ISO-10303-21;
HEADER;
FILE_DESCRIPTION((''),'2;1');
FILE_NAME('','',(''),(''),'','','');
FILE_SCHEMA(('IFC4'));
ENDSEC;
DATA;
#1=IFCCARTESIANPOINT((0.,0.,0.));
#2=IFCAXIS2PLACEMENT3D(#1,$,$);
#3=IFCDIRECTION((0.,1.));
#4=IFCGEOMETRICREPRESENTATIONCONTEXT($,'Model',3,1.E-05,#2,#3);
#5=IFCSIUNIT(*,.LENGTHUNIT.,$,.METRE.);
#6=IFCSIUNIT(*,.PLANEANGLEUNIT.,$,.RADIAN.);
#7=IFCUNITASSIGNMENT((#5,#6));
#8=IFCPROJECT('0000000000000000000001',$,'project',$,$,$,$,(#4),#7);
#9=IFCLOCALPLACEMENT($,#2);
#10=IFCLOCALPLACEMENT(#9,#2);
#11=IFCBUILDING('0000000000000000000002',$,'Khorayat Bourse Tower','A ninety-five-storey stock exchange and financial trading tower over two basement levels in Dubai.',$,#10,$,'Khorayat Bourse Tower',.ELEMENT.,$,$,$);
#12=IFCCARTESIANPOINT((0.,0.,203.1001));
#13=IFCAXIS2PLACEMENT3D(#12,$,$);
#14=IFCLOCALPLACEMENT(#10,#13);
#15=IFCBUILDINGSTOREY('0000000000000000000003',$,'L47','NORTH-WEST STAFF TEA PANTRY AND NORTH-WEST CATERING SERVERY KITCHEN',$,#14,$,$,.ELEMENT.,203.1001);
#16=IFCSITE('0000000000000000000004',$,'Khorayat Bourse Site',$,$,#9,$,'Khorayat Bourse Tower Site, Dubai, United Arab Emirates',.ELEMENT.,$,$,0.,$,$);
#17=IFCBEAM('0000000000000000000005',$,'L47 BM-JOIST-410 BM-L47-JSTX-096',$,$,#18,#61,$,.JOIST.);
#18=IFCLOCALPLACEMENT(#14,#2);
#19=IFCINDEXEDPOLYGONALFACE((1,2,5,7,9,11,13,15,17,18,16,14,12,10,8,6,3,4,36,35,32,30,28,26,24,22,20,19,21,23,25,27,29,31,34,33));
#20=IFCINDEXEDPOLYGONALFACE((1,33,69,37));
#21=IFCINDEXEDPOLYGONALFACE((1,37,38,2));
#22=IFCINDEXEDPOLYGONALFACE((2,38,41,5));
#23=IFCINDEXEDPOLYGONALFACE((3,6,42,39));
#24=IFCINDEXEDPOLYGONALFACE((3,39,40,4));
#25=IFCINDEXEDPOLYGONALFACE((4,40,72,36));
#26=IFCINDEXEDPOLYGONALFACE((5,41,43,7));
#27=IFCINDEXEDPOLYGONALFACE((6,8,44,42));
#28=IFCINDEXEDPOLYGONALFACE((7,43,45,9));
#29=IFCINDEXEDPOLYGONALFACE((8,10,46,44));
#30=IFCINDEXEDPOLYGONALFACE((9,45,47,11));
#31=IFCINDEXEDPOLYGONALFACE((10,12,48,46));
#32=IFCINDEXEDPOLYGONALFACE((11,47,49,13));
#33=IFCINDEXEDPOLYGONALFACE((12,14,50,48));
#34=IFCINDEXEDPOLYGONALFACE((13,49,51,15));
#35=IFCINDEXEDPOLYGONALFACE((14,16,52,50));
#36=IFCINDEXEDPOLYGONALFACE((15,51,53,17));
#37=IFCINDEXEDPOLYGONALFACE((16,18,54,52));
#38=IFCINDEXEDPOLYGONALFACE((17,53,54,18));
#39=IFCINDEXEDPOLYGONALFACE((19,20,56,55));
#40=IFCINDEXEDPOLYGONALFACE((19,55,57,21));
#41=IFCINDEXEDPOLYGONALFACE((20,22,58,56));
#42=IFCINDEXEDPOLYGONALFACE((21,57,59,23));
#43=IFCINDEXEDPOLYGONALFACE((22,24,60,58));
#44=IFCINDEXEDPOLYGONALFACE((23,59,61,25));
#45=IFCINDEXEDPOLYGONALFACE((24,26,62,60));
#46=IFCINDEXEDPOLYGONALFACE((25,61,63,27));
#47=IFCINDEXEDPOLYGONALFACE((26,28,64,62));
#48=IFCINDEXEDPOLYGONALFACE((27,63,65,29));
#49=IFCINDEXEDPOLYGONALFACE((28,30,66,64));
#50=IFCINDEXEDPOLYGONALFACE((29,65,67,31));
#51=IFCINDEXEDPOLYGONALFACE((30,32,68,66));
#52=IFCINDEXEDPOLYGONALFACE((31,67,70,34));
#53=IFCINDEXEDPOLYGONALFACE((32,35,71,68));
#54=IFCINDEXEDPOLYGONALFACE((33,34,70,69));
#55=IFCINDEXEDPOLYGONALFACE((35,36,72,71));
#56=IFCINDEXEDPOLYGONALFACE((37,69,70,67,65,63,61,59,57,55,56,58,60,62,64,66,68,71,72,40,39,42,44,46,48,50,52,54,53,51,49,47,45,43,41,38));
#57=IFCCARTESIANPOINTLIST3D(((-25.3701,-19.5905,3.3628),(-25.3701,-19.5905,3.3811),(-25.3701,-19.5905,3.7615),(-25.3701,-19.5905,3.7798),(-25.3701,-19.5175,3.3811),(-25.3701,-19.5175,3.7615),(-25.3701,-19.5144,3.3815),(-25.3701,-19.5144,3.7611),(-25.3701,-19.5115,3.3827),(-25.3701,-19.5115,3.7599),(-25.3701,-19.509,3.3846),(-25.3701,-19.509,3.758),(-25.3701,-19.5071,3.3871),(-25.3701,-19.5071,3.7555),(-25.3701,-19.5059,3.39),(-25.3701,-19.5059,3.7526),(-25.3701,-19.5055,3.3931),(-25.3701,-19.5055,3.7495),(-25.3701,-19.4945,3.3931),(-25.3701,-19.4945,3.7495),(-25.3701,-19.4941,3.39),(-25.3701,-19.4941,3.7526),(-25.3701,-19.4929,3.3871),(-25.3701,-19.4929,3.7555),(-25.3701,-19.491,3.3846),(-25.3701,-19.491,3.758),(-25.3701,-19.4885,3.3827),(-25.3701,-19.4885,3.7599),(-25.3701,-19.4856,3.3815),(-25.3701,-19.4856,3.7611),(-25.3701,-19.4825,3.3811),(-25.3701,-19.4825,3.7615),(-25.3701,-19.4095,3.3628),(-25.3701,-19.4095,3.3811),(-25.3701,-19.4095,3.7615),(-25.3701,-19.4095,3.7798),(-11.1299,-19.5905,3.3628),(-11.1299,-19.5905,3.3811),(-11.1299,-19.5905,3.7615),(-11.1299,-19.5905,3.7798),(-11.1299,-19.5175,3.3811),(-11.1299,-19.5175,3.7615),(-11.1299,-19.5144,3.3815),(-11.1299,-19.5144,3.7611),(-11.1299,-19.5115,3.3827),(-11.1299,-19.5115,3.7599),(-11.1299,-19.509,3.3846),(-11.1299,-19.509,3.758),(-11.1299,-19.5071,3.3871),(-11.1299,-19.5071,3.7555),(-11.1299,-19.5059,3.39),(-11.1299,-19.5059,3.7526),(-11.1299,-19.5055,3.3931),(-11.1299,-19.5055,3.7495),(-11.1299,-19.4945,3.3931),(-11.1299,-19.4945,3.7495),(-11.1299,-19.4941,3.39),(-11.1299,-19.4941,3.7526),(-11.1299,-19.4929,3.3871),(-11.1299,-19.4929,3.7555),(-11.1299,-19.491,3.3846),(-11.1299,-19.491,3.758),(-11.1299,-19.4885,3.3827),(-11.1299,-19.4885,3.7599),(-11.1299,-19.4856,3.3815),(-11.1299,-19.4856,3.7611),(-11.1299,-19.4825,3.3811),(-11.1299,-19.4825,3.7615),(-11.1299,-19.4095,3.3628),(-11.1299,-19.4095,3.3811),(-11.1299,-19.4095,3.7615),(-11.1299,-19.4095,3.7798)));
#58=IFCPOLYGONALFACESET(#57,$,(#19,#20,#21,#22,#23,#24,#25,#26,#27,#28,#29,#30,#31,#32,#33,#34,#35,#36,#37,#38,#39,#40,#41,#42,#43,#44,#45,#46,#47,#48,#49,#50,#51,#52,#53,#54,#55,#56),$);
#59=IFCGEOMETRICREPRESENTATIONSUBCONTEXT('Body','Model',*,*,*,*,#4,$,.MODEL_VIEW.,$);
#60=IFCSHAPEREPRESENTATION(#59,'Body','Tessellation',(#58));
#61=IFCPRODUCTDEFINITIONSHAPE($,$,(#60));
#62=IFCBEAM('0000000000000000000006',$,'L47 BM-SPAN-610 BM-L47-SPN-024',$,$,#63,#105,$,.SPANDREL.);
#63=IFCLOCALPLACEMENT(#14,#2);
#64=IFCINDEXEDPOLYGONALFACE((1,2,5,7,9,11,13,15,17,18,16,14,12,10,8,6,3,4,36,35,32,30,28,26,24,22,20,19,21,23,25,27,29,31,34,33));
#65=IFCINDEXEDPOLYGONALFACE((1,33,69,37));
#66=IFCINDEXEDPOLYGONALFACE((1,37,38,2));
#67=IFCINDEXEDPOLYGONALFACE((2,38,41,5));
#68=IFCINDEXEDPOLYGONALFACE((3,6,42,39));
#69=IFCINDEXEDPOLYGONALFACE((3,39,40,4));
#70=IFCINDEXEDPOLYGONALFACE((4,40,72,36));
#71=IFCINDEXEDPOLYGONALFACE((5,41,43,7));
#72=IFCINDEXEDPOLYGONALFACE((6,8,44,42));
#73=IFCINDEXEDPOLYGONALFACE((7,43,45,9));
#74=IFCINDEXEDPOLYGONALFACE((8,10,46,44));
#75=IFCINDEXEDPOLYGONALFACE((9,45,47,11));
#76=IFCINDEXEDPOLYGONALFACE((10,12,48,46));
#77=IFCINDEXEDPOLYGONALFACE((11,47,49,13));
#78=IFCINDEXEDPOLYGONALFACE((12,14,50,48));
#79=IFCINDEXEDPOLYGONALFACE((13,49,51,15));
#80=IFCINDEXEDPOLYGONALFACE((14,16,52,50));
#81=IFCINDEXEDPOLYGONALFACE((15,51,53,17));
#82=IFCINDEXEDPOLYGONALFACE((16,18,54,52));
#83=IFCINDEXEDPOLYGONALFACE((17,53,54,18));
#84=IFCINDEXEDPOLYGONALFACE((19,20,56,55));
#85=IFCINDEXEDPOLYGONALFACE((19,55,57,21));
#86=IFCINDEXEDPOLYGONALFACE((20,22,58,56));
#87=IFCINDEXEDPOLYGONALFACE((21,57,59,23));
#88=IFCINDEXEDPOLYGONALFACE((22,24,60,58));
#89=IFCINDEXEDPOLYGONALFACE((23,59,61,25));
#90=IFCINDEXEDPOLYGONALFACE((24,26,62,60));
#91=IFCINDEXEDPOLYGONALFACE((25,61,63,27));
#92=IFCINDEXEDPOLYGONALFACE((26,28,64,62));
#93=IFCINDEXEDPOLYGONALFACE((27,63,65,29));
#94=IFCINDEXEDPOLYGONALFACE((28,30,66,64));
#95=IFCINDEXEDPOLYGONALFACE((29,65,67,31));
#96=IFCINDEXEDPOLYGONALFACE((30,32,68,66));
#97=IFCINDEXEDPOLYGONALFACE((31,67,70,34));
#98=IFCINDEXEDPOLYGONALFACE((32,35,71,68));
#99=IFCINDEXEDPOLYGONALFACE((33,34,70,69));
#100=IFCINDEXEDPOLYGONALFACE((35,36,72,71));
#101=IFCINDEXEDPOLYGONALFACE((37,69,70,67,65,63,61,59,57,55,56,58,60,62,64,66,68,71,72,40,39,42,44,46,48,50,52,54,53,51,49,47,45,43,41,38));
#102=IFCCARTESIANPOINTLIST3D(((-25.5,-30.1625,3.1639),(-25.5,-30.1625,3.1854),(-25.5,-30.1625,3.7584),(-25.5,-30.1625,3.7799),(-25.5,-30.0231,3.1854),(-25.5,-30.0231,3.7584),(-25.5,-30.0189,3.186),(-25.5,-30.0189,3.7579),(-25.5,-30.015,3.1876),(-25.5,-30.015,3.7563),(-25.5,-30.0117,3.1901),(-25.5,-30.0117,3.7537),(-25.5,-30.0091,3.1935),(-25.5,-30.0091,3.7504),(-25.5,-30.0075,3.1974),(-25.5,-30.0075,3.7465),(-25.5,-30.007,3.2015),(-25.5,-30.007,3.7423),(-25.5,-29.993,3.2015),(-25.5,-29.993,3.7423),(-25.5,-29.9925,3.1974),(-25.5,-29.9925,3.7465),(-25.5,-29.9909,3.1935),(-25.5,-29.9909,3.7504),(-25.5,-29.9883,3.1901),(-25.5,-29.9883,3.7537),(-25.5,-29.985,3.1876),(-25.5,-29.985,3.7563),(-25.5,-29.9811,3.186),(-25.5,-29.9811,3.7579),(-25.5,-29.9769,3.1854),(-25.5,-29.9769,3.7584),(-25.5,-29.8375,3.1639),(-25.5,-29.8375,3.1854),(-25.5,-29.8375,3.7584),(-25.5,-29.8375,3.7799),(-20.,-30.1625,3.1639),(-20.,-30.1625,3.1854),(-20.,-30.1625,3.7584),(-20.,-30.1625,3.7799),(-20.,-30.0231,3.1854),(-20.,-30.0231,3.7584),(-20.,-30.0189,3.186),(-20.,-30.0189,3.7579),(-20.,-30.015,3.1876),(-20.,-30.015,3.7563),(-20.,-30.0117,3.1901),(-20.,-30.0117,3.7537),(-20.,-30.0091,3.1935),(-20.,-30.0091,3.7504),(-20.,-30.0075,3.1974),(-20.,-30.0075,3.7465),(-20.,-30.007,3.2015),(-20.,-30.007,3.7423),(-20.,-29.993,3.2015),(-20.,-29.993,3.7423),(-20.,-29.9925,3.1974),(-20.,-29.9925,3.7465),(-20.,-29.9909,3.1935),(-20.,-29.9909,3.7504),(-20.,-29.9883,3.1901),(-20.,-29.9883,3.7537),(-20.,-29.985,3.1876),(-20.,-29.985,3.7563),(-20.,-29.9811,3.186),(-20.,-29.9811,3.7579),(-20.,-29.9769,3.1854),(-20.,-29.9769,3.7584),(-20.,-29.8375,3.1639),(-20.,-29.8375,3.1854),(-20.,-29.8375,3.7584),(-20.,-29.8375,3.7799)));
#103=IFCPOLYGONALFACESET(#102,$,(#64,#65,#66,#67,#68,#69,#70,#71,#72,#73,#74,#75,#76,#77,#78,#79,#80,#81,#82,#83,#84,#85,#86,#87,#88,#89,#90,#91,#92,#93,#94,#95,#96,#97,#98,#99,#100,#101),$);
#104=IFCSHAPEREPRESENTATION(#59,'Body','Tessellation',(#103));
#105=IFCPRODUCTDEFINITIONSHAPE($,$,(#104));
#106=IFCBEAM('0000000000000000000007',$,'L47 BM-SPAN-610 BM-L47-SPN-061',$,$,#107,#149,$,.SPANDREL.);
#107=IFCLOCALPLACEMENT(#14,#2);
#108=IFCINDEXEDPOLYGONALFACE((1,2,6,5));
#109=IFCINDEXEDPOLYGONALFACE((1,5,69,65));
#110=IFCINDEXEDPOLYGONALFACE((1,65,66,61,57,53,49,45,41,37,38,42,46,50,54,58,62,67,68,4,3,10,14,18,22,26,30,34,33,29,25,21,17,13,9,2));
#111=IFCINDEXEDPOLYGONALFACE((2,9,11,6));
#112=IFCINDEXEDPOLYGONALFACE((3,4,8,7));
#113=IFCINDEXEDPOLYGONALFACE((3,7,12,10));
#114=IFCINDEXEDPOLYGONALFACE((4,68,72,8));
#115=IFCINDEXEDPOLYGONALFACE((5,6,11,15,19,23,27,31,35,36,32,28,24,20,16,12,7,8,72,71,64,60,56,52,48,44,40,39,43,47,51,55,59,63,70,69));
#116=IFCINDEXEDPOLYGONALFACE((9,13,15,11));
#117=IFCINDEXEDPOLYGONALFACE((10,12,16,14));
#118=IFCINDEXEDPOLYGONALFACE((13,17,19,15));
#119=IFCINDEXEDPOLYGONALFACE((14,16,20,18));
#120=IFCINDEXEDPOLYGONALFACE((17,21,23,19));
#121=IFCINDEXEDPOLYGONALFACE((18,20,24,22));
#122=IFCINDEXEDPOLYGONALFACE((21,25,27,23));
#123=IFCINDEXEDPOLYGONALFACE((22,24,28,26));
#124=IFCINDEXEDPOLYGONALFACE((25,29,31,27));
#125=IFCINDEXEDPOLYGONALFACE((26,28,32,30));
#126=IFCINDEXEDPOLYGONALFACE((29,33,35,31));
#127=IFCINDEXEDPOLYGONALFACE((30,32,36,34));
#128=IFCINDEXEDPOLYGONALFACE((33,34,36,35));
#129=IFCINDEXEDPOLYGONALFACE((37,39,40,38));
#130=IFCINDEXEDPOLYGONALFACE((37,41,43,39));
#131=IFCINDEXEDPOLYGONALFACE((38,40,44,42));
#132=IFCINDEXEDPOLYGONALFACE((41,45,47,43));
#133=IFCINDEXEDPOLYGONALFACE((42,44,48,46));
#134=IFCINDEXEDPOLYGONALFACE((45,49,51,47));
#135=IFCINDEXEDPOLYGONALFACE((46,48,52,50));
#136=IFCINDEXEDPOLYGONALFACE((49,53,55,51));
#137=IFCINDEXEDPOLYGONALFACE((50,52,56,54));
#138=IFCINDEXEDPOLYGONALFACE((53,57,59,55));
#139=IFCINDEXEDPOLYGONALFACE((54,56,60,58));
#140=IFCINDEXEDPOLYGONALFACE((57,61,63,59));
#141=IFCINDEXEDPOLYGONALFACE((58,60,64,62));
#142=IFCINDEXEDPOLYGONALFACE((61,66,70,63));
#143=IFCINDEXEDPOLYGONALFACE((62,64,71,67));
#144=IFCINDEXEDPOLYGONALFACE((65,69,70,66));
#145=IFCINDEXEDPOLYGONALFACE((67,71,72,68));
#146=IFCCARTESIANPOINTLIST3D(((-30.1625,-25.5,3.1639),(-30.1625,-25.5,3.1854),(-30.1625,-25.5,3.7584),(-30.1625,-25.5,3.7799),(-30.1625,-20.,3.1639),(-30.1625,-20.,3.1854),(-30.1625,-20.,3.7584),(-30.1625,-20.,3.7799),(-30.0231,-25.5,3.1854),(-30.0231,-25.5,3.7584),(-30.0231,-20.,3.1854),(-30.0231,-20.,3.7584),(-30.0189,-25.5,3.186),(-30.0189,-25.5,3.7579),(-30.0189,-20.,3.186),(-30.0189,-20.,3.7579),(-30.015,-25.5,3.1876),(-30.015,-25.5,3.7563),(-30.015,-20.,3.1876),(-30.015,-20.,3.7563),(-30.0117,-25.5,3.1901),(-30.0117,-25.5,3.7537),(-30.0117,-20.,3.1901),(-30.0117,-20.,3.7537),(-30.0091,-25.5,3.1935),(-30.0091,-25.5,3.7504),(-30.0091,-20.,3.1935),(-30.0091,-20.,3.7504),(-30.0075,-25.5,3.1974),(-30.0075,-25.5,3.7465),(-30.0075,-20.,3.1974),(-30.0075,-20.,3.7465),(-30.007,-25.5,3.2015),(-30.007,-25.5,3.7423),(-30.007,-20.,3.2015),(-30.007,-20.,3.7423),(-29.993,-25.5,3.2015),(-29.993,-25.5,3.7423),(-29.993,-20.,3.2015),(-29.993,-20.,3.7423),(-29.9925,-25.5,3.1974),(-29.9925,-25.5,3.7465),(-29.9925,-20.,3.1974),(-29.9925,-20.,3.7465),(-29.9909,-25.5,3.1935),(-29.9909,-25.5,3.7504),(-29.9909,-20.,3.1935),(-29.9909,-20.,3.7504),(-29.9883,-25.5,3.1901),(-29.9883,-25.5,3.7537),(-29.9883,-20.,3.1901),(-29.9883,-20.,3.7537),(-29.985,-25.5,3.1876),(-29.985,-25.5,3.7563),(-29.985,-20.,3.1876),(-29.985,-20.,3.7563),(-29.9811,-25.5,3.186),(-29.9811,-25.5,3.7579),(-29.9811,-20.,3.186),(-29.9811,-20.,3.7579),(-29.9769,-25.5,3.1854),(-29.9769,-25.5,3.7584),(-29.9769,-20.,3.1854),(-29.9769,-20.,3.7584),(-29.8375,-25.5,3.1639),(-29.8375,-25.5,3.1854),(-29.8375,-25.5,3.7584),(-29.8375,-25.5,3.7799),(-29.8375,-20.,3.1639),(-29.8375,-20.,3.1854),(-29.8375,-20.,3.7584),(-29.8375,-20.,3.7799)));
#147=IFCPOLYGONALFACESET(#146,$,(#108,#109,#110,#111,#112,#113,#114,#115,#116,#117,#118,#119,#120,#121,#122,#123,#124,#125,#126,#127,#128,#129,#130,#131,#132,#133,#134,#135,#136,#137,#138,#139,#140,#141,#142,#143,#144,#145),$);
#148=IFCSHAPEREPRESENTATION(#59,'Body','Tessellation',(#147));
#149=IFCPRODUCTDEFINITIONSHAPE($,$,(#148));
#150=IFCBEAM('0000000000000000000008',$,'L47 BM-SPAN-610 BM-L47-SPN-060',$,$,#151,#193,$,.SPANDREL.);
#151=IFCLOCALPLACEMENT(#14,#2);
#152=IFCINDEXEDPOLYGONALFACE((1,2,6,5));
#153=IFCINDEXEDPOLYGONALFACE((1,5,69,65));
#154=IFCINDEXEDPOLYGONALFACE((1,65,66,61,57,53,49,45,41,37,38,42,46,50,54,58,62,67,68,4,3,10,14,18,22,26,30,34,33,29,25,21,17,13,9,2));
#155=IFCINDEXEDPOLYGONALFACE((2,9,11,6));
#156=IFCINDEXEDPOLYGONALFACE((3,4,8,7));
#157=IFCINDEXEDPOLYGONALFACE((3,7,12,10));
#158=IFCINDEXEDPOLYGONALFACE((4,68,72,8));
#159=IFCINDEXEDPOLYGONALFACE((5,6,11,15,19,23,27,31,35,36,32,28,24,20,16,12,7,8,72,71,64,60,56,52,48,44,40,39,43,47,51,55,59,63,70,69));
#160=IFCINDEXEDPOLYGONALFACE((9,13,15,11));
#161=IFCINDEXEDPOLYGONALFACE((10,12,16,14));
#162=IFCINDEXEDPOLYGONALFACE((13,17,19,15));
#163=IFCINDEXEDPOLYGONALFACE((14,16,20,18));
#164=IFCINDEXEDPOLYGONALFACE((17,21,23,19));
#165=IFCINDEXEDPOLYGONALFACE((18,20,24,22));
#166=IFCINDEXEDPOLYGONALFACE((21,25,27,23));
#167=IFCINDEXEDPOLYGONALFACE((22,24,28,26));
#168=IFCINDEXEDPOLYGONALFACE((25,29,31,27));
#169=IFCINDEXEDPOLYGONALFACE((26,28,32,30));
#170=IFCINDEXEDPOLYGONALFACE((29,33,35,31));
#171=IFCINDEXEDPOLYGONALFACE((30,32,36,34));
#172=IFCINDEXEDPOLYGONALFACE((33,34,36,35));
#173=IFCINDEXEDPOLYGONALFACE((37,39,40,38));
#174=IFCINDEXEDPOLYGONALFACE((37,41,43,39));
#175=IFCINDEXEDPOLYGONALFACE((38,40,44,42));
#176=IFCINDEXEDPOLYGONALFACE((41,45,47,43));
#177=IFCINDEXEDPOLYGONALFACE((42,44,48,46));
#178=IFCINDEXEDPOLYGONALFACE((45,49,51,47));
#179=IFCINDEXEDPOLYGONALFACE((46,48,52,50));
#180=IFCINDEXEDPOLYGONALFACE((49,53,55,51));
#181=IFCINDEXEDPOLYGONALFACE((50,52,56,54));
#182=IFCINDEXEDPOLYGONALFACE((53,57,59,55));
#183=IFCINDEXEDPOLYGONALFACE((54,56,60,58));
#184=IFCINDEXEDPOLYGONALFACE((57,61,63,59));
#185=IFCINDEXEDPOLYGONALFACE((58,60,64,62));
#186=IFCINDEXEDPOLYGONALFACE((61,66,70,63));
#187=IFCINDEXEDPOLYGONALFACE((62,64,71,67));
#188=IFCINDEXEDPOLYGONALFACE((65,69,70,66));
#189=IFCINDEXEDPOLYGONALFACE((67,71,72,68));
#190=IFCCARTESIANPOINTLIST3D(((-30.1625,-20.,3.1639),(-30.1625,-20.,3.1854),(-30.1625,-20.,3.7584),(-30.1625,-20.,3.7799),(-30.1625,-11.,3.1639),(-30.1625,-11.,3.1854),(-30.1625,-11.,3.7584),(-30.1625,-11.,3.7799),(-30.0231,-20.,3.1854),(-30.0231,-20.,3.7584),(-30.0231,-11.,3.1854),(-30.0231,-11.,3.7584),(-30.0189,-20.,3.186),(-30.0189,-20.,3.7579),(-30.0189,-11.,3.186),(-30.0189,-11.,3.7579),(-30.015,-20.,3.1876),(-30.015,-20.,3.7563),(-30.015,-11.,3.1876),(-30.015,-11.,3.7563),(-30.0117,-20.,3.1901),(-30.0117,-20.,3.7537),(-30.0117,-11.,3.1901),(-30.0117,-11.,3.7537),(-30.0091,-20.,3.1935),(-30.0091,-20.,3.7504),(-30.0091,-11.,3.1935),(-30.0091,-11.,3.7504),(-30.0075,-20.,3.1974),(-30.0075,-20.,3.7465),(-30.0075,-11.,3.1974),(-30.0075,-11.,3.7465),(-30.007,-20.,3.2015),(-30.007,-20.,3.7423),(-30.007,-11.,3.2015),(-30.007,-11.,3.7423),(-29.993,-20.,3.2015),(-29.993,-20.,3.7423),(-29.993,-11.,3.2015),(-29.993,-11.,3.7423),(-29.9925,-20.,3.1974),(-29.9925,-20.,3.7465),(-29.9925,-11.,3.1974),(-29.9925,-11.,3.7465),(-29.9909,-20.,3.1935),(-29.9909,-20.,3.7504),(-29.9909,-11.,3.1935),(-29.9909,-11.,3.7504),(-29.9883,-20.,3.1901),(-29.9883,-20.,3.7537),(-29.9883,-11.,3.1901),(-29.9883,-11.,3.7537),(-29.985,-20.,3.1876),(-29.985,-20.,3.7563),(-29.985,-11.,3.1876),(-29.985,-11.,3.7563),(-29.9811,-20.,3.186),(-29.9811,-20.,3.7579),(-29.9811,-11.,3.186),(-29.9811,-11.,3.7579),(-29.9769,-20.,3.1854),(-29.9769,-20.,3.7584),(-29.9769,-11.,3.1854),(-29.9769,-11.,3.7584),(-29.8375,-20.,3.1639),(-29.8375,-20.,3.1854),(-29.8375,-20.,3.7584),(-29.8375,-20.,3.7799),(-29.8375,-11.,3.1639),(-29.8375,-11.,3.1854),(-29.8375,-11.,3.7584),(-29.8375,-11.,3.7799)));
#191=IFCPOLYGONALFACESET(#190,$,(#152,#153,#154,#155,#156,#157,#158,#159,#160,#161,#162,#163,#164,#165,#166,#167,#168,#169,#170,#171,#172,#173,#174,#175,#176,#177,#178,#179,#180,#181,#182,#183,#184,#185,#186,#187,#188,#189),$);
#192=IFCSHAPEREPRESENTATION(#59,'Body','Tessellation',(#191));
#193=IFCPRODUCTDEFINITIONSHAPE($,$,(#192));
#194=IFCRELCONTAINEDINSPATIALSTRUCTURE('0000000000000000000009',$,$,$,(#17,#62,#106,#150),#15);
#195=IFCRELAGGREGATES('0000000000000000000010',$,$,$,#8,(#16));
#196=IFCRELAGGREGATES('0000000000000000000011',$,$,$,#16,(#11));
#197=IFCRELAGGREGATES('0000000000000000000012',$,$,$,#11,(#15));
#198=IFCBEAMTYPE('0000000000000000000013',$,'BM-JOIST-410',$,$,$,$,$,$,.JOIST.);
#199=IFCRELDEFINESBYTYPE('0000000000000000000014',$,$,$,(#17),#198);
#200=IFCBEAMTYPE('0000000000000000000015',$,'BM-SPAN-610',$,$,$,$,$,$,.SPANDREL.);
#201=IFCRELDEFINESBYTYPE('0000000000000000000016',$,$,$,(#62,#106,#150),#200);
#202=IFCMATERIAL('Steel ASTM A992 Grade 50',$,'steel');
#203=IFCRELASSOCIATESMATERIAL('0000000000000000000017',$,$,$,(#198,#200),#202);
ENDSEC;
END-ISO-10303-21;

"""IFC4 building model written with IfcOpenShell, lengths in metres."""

from ifc_helpers import new_model, si_unit, direction, frame, origin, origin_2d, place, context, subcontext, project, spatial, i_section, extrude, source, transform, mapped, material, material_profile, profile_set, type_object, element, save


model = new_model("IFC4")

# Units and contexts
model_context = context("Model", 3, precision=1e-05, world=origin(), true_north=direction((0.0, 1.0)))
body_context = subcontext(model_context, "Body", "Model", "MODEL_VIEW")
ifc_project = project(units=[si_unit("LENGTHUNIT", "METRE"), si_unit("PLANEANGLEUNIT", "RADIAN")], contexts=[model_context])

# Site, building, storey
site_placement = place(None, origin())
site = spatial("IfcSite", under=ifc_project, at=site_placement, Name="Khorayat Bourse Site", LongName="Khorayat Bourse Tower Site, Dubai, United Arab Emirates", CompositionType="ELEMENT", RefElevation=0.0)
building_placement = place(site_placement, origin())
building = spatial("IfcBuilding", under=site, at=building_placement, Name="Khorayat Bourse Tower", Description="A ninety-five-storey stock exchange and financial trading tower over two basement levels in Dubai.", LongName="Khorayat Bourse Tower", CompositionType="ELEMENT")
storey_placement = place(building_placement, frame((0.0, 0.0, 203.1001)))
storey = spatial("IfcBuildingStorey", under=building, at=storey_placement, Name="L47", Description="NORTH-WEST STAFF TEA PANTRY AND NORTH-WEST CATERING SERVERY KITCHEN", CompositionType="ELEMENT", Elevation=203.1001)

# Beams
ifc_material_1 = material(Name="Steel ASTM A992 Grade 50", Category="steel")
ifc_material_profile_1 = material_profile(ifc_material_1, i_section(OverallWidth=0.1809, OverallDepth=0.417, WebThickness=0.011, FlangeThickness=0.0183, FilletRadius=0.012, at=origin_2d()), Name="W410X85")
ifc_profile_set_1 = profile_set([ifc_material_profile_1], Name="Steel ASTM A992 Grade 50")
beam_type_1 = type_object("IfcBeamType", Name="BM-JOIST-410", PredefinedType="JOIST", material=ifc_profile_set_1)
shared_shape_1 = source(origin(), body_context, "Body", "SweptSolid", [
    extrude(i_section(OverallWidth=0.1809, OverallDepth=0.417, WebThickness=0.011, FlangeThickness=0.0183, FilletRadius=0.012, at=origin_2d()), origin(), (0.0, 0.0, 1.0), 14.2402),
])
beam_1_placement = place(storey_placement, frame((-25.3701, -19.5, 3.5713), z_axis=(1.0, 0.0, 0.0), x_axis=(0.0, 1.0, 0.0)))
element("IfcBeam", 1, at=beam_1_placement, inside=storey, type_object=beam_type_1, Name="L47 BM-JOIST-410 BM-L47-JSTX-096", PredefinedType="JOIST", context=body_context, shape_type="MappedRepresentation", body=[
    mapped(shared_shape_1, transform((0.0, 0.0, 0.0), scale=1.0)),
])
ifc_material_profile_2 = material_profile(ifc_material_1, i_section(OverallWidth=0.325, OverallDepth=0.616, WebThickness=0.0139, FlangeThickness=0.0215, FilletRadius=0.0161, at=origin_2d()), Name="W610X174")
ifc_profile_set_2 = profile_set([ifc_material_profile_2], Name="Steel ASTM A992 Grade 50")
beam_type_2 = type_object("IfcBeamType", Name="BM-SPAN-610", PredefinedType="SPANDREL", material=ifc_profile_set_2)
shared_shape_2 = source(origin(), body_context, "Body", "SweptSolid", [
    extrude(i_section(OverallWidth=0.325, OverallDepth=0.616, WebThickness=0.0139, FlangeThickness=0.0215, FilletRadius=0.0161, at=origin_2d()), origin(), (0.0, 0.0, 1.0), 5.5),
])
for number, where, z_axis, x_axis, name in (
    (2, (-25.5, -30.0, 3.4719), (1.0, 0.0, 0.0), (0.0, 1.0, 0.0), "L47 BM-SPAN-610 BM-L47-SPN-024"),
    (3, (-30.0, -25.5, 3.4719), (0.0, 1.0, 0.0), (-1.0, 0.0, 0.0), "L47 BM-SPAN-610 BM-L47-SPN-061"),
):
    element("IfcBeam", number, at=place(storey_placement, frame(where, z_axis=z_axis, x_axis=x_axis)), inside=storey, type_object=beam_type_2, Name=name, PredefinedType="SPANDREL", context=body_context, shape_type="MappedRepresentation", body=[
        mapped(shared_shape_2, transform((0.0, 0.0, 0.0), scale=1.0)),
    ])
shared_shape_3 = source(origin(), body_context, "Body", "SweptSolid", [
    extrude(i_section(OverallWidth=0.325, OverallDepth=0.616, WebThickness=0.0139, FlangeThickness=0.0215, FilletRadius=0.0161, at=origin_2d()), origin(), (0.0, 0.0, 1.0), 9.0),
])
beam_2_placement = place(storey_placement, frame((-30.0, -20.0, 3.4719), z_axis=(0.0, 1.0, 0.0), x_axis=(-1.0, 0.0, 0.0)))
element("IfcBeam", 4, at=beam_2_placement, inside=storey, type_object=beam_type_2, Name="L47 BM-SPAN-610 BM-L47-SPN-060", PredefinedType="SPANDREL", context=body_context, shape_type="MappedRepresentation", body=[
    mapped(shared_shape_3, transform((0.0, 0.0, 0.0), scale=1.0)),
])

save(model, "model.ifc")
